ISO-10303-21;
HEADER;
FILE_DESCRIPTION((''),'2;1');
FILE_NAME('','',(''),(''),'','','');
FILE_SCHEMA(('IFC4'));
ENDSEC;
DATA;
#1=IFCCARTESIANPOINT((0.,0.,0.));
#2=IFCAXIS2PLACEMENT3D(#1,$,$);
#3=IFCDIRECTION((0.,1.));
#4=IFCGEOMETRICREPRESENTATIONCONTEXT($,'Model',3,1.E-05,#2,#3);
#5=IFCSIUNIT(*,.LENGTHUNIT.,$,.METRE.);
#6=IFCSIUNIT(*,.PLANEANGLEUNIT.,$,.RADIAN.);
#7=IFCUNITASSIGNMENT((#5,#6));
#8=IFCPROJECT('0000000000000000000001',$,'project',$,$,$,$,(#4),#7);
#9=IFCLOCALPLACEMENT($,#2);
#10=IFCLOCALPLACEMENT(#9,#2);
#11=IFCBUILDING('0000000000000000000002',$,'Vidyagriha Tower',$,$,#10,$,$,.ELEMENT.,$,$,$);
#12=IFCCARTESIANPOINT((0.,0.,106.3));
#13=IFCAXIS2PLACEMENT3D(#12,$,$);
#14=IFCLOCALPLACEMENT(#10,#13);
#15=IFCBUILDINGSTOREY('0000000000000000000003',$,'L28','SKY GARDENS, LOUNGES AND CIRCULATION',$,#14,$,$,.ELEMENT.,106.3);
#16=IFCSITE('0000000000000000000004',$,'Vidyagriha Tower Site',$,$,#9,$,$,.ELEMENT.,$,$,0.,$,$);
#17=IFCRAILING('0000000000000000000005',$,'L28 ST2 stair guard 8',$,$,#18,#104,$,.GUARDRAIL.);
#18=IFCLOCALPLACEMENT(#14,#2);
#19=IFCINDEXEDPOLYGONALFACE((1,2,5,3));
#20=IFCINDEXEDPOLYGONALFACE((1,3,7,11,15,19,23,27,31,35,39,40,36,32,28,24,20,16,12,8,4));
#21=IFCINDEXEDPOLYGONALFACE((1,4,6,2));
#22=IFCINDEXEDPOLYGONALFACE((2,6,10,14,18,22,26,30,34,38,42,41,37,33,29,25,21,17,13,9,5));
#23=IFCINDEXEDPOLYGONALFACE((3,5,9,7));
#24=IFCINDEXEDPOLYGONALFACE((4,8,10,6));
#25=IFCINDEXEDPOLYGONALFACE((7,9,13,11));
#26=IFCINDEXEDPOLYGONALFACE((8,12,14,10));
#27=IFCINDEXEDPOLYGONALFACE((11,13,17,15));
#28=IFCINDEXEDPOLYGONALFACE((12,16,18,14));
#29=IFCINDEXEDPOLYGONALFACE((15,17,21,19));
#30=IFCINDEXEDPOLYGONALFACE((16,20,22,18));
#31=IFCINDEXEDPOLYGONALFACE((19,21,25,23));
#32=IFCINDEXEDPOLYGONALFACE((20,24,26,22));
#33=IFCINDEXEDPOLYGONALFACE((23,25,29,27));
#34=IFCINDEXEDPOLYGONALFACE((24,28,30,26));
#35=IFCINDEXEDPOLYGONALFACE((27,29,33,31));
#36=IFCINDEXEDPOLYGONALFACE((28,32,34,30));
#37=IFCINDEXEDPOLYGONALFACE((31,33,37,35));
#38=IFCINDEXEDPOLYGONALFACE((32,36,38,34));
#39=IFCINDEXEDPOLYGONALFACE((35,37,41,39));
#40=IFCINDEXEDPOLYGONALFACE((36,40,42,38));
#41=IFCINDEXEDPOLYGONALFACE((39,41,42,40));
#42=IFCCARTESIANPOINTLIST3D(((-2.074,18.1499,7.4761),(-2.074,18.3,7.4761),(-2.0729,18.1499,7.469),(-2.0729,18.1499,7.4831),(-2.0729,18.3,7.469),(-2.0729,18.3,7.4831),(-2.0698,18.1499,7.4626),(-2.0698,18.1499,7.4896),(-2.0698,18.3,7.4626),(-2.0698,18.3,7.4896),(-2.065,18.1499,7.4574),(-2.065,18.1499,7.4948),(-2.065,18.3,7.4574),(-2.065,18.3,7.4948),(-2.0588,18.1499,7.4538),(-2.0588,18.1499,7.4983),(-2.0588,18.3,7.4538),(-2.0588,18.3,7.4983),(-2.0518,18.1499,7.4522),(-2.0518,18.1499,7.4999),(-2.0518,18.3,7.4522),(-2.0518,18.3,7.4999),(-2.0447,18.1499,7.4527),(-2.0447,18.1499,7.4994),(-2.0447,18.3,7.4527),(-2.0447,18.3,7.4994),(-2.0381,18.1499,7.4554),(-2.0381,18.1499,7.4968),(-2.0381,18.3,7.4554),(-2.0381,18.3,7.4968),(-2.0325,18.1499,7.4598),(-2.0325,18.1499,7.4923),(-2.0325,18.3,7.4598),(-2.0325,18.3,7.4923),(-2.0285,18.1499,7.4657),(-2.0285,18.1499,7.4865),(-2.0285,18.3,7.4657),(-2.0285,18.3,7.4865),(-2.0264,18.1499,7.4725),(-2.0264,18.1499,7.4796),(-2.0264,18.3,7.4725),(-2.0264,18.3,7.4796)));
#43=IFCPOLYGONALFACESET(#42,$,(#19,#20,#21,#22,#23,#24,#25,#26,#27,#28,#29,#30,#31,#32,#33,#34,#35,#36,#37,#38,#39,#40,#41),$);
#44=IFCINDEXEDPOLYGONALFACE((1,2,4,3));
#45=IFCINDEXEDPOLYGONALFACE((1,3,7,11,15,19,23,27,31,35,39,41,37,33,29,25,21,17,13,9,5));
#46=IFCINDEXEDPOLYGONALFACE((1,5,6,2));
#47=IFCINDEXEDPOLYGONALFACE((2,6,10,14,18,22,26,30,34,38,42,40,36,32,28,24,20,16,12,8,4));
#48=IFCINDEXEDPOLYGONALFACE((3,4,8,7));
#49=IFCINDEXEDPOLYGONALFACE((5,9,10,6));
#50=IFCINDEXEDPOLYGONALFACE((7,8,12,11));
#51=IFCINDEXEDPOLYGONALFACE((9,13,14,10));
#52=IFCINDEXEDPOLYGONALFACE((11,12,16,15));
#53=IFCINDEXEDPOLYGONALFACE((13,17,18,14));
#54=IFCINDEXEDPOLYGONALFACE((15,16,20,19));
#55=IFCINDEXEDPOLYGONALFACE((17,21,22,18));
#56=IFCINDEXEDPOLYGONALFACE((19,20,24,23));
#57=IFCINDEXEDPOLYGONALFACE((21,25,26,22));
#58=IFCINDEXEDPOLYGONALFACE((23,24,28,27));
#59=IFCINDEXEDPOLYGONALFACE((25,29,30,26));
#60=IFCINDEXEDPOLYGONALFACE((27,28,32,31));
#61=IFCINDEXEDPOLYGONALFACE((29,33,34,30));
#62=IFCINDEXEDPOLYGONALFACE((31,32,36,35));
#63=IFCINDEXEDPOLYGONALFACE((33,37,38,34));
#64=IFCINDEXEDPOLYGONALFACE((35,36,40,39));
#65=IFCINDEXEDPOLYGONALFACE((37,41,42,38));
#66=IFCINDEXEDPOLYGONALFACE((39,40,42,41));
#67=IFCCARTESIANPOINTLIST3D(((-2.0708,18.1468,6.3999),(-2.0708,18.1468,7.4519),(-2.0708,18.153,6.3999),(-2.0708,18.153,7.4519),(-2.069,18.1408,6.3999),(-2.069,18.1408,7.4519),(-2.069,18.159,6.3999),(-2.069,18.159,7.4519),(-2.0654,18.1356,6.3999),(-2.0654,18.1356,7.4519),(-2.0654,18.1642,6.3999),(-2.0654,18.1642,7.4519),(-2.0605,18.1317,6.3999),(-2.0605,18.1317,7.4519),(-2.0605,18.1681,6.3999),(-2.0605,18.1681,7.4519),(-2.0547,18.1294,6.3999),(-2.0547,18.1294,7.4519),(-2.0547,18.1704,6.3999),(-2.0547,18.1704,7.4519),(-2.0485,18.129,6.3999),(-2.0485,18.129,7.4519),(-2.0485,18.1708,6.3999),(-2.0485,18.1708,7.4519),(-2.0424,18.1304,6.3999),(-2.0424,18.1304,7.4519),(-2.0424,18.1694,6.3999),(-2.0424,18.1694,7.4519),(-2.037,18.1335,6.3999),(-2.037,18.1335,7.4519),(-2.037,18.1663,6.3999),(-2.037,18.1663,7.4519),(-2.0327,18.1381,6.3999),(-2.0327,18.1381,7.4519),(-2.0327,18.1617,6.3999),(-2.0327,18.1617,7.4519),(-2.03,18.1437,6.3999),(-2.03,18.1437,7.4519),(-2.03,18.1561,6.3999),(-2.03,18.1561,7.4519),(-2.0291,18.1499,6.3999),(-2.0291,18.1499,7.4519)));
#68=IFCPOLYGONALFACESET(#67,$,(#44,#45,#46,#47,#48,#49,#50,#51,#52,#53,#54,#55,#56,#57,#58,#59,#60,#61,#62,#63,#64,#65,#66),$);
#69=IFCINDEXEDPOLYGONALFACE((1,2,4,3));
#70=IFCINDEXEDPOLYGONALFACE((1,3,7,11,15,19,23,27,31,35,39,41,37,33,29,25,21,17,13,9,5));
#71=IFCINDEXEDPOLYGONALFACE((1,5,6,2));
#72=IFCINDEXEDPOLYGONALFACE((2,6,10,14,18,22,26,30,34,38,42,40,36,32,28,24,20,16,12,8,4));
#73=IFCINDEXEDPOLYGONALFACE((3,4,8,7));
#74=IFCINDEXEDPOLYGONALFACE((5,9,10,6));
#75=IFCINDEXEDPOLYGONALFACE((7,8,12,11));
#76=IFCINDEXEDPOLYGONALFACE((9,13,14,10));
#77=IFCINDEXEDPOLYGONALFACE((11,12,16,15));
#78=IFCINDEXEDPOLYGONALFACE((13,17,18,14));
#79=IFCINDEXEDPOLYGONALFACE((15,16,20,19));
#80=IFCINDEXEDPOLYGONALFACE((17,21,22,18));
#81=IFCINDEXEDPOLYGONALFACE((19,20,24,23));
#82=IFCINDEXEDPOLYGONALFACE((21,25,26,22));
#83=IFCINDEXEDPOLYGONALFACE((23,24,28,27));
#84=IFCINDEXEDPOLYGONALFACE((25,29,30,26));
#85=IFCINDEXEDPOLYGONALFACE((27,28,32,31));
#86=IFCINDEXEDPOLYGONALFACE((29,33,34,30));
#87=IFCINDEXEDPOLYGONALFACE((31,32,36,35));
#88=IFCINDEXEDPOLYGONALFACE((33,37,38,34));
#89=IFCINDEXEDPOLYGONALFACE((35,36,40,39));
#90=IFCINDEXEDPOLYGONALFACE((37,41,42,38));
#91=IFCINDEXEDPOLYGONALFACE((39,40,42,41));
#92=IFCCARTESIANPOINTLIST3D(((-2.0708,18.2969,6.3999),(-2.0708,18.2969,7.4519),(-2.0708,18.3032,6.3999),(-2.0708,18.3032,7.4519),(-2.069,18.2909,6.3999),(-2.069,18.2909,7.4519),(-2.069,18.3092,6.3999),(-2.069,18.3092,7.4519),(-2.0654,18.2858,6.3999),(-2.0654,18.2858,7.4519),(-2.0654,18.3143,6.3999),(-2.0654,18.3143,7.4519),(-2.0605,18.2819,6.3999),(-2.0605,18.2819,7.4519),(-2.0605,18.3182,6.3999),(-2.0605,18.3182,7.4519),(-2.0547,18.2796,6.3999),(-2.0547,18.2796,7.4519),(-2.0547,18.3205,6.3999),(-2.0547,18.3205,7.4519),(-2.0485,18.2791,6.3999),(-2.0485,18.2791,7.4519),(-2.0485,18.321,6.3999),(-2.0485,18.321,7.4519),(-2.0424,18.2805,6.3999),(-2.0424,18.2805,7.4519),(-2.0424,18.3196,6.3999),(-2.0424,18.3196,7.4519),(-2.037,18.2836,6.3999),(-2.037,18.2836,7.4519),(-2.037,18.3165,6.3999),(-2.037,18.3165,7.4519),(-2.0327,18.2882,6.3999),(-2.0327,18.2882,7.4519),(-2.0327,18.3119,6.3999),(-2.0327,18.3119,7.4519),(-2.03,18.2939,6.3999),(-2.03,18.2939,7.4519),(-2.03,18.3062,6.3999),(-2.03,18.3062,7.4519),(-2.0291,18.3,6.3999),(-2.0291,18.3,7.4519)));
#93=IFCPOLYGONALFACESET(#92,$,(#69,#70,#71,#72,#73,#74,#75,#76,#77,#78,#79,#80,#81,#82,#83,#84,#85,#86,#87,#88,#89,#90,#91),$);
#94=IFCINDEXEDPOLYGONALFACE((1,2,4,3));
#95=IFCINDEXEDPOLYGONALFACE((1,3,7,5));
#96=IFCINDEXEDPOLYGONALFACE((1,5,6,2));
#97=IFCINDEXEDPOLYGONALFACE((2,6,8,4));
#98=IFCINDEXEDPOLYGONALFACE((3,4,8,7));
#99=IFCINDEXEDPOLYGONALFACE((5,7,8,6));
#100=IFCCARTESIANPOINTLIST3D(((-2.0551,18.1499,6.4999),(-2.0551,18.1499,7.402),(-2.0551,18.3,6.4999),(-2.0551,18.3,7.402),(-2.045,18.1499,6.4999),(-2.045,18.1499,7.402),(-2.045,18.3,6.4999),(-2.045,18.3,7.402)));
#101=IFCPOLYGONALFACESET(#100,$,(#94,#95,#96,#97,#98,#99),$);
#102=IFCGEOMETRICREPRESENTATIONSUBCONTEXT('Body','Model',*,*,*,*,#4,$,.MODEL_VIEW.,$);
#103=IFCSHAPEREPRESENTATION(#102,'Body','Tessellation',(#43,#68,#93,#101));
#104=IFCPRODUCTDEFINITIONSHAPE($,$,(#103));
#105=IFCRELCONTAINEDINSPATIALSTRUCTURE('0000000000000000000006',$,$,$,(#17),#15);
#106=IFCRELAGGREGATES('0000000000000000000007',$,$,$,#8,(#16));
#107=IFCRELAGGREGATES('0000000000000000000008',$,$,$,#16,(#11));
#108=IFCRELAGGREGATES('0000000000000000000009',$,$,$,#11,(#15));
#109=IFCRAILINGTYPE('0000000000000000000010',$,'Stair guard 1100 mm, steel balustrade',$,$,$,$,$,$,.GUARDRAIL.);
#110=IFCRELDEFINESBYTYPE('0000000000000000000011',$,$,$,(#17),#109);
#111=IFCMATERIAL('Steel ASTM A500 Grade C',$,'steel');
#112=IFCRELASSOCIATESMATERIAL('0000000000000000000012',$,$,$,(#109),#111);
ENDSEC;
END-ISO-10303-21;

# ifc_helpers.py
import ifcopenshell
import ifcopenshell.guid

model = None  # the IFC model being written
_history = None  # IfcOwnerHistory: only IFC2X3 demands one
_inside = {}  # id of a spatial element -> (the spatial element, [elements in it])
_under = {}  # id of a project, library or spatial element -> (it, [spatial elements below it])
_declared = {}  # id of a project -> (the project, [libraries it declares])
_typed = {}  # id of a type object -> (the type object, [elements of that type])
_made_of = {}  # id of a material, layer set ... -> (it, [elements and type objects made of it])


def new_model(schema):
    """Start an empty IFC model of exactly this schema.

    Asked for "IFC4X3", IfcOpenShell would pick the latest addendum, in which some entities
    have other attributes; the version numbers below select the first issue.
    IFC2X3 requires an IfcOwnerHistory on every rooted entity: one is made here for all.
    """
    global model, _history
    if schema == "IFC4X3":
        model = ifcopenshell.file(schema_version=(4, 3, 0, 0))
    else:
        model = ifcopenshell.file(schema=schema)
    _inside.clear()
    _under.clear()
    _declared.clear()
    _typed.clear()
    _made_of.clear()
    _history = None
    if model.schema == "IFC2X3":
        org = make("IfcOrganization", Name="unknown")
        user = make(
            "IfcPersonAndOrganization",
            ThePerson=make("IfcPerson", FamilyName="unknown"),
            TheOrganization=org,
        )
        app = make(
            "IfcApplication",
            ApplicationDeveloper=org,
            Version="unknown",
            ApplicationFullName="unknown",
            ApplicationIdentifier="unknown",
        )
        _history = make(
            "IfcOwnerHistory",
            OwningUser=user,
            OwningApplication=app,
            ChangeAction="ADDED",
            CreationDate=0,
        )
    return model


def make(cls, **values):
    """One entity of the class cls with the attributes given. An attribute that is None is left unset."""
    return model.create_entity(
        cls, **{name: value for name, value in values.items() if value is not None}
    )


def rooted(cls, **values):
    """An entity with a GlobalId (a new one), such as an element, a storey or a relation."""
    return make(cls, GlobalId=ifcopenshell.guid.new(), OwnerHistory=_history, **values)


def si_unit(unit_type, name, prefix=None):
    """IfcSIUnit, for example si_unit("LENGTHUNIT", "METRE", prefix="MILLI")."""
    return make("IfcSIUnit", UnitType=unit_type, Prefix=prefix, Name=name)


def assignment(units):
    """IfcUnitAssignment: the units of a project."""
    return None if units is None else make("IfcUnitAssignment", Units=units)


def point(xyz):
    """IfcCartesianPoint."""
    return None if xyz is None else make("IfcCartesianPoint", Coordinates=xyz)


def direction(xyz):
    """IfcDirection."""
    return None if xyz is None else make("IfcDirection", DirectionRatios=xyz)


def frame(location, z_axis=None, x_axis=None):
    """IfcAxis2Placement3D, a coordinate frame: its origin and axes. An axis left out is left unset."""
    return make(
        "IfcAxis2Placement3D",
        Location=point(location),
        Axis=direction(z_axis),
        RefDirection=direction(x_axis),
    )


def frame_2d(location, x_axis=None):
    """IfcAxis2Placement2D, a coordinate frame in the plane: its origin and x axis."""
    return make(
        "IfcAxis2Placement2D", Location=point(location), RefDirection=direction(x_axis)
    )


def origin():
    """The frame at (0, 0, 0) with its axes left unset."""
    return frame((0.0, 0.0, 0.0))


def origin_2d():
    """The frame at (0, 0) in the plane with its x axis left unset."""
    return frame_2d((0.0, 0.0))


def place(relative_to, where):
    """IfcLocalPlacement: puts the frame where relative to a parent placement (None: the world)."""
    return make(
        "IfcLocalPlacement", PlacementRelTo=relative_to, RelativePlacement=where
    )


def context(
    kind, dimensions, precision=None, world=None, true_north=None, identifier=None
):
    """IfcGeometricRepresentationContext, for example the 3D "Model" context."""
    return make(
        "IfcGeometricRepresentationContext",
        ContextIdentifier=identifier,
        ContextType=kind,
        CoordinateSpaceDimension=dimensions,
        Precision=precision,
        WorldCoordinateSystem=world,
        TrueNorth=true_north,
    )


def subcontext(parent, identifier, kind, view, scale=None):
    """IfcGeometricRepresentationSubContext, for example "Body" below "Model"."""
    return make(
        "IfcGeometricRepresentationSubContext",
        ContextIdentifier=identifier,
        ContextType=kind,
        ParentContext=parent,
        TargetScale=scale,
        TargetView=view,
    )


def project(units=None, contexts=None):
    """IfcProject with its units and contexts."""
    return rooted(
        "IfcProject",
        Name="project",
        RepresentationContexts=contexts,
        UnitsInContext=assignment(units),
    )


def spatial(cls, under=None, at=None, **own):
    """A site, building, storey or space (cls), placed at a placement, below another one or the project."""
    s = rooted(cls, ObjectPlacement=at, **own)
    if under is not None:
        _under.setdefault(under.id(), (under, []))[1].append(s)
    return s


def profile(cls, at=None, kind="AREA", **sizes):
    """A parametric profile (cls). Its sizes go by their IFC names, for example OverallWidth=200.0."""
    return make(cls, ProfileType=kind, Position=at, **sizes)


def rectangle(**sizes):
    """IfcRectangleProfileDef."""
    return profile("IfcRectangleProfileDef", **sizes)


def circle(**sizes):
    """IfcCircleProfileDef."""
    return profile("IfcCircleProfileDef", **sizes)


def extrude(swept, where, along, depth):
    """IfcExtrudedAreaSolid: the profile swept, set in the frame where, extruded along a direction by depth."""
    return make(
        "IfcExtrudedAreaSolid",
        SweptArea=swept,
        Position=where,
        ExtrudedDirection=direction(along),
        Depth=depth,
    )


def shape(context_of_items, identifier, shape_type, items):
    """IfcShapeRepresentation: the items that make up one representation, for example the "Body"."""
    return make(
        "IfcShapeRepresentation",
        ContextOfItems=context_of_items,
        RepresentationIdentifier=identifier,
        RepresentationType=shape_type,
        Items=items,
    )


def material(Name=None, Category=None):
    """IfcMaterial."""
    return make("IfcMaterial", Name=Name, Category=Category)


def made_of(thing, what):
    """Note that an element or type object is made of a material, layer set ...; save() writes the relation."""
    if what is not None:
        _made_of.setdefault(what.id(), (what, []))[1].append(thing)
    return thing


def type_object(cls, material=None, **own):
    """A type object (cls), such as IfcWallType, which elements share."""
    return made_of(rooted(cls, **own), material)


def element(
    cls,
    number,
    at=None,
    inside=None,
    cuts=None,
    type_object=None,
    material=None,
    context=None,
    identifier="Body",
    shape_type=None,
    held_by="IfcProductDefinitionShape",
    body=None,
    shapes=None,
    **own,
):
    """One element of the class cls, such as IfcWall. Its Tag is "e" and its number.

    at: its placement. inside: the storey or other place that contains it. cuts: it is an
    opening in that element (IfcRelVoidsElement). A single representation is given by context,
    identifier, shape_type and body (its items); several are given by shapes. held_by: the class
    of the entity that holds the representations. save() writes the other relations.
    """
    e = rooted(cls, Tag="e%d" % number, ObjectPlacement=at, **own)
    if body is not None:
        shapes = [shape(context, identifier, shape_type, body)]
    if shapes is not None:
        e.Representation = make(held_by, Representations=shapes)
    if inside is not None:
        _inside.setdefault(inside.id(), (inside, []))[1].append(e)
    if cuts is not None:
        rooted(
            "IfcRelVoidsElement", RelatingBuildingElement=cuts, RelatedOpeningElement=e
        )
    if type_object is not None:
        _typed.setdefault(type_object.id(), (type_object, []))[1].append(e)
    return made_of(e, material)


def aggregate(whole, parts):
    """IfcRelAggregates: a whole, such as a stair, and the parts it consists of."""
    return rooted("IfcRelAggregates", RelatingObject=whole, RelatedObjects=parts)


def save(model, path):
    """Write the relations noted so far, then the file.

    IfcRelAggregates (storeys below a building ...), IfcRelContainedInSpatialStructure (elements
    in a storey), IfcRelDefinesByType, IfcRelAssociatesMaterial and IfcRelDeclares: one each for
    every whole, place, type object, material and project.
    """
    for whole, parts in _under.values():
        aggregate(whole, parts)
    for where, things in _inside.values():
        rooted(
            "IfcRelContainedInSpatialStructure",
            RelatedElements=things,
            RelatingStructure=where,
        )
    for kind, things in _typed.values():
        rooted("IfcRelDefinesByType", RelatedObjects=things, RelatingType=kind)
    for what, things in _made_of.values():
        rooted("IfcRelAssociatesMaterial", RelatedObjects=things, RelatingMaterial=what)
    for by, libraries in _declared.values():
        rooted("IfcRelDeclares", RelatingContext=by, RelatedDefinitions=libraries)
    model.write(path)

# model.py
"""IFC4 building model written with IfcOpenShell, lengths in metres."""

from ifc_helpers import new_model, si_unit, direction, frame, origin, origin_2d, place, context, subcontext, project, spatial, rectangle, circle, extrude, material, type_object, element, save


model = new_model("IFC4")

# Units and contexts
model_context = context("Model", 3, precision=1e-05, world=origin(), true_north=direction((0.0, 1.0)))
body_context = subcontext(model_context, "Body", "Model", "MODEL_VIEW")
ifc_project = project(units=[si_unit("LENGTHUNIT", "METRE"), si_unit("PLANEANGLEUNIT", "RADIAN")], contexts=[model_context])

# Site, building, storey
site_placement = place(None, origin())
site = spatial("IfcSite", under=ifc_project, at=site_placement, Name="Vidyagriha Tower Site", CompositionType="ELEMENT", RefElevation=0.0)
building_placement = place(site_placement, origin())
building = spatial("IfcBuilding", under=site, at=building_placement, Name="Vidyagriha Tower", CompositionType="ELEMENT")
storey_placement = place(building_placement, frame((0.0, 0.0, 106.3)))
storey = spatial("IfcBuildingStorey", under=building, at=storey_placement, Name="L28", Description="SKY GARDENS, LOUNGES AND CIRCULATION", CompositionType="ELEMENT", Elevation=106.3)

# Railing
ifc_material_1 = material(Name="Steel ASTM A500 Grade C", Category="steel")
railing_type_1 = type_object("IfcRailingType", Name="Stair guard 1100 mm, steel balustrade", PredefinedType="GUARDRAIL", material=ifc_material_1)
railing_1_placement = place(storey_placement, frame((-2.05, 18.1499, 6.3999)))
element("IfcRailing", 1, at=railing_1_placement, inside=storey, type_object=railing_type_1, Name="L28 ST2 stair guard 8", PredefinedType="GUARDRAIL", context=body_context, shape_type="SweptSolid", body=[
    extrude(circle(Radius=0.0239, at=origin_2d()), frame((0.0, 0.0, 1.0762), z_axis=(0.0, 1.0, 0.0), x_axis=(-1.0, 0.0, 0.0)), (0.0, 0.0, 1.0), 0.1501),
    extrude(circle(Radius=0.021, at=origin_2d()), origin(), (0.0, 0.0, 1.0), 1.052),
    extrude(circle(Radius=0.021, at=origin_2d()), frame((0.0, 0.1501, 0.0)), (0.0, 0.0, 1.0), 1.052),
    extrude(rectangle(XDim=0.01, YDim=0.9021, at=origin_2d()), frame((0.0, 0.0, 0.551), z_axis=(0.0, 1.0, 0.0), x_axis=(-1.0, 0.0, 0.0)), (0.0, 0.0, 1.0), 0.1501),
])

save(model, "model.ifc")
